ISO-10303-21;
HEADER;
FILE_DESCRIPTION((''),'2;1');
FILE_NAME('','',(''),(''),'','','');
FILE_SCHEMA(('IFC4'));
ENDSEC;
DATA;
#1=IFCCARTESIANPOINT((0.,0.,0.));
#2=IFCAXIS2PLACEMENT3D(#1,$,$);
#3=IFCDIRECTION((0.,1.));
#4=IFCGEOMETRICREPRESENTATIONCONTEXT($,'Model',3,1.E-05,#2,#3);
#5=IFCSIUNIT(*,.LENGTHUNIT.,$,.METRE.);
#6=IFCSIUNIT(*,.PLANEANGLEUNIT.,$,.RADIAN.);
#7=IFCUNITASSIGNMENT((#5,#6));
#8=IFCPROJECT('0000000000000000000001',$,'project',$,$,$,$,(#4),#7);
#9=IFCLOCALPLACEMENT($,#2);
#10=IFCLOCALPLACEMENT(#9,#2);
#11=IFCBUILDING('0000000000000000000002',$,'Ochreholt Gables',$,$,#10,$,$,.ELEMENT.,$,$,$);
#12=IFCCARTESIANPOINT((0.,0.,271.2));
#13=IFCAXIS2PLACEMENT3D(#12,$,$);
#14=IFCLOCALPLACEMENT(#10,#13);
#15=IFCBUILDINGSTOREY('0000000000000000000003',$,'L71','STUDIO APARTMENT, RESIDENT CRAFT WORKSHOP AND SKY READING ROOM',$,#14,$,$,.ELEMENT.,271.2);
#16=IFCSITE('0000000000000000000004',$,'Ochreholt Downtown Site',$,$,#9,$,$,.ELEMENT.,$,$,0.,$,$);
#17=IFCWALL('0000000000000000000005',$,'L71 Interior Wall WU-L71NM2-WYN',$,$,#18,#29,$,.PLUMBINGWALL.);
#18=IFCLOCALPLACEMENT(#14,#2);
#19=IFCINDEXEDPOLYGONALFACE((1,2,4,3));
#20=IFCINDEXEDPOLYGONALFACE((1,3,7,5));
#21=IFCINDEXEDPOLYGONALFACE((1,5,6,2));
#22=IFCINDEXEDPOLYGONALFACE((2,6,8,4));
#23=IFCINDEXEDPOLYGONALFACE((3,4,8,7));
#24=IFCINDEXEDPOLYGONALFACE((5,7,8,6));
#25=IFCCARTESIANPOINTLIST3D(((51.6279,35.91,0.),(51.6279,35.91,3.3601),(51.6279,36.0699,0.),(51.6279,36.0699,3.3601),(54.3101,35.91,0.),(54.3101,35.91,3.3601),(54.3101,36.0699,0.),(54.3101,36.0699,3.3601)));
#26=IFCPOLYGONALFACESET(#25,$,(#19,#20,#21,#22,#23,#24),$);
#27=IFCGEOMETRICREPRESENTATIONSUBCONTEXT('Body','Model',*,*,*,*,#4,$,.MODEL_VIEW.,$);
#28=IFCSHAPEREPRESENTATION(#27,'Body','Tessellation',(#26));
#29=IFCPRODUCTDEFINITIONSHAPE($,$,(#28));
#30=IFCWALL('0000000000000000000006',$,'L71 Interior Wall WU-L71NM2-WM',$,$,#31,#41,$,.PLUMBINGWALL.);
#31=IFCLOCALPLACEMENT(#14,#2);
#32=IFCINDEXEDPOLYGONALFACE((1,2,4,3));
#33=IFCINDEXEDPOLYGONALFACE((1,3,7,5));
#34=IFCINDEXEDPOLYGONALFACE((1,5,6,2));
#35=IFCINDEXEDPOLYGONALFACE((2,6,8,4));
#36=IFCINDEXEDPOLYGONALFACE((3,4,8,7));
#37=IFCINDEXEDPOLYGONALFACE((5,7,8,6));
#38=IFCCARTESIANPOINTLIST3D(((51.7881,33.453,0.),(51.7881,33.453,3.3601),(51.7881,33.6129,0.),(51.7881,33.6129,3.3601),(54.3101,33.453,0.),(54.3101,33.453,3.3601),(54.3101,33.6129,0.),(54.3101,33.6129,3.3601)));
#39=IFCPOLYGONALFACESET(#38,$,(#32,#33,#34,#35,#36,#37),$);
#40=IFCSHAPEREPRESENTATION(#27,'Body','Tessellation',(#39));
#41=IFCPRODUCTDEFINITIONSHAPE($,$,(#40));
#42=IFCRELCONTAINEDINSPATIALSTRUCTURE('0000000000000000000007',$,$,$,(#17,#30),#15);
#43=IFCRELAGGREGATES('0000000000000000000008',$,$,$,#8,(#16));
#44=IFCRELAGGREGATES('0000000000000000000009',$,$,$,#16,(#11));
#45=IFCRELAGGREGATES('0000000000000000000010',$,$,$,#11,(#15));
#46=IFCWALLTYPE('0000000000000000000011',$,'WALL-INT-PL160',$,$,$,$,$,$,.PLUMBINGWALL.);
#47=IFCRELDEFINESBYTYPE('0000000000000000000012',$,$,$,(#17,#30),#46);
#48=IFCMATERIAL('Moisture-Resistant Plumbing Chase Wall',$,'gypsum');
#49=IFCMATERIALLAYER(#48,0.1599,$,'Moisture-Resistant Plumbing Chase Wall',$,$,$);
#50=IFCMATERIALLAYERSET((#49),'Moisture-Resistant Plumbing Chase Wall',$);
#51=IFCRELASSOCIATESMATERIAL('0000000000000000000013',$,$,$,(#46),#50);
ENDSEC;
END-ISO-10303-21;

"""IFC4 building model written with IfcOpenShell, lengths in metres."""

from ifc_helpers import new_model, si_unit, direction, frame, frame_2d, origin, place, context, subcontext, project, spatial, rectangle, extrude, material, layer, layer_set, type_object, element, save


model = new_model("IFC4")

# Units and contexts
model_context = context("Model", 3, precision=1e-05, world=origin(), true_north=direction((0.0, 1.0)))
body_context = subcontext(model_context, "Body", "Model", "MODEL_VIEW")
ifc_project = project(units=[si_unit("LENGTHUNIT", "METRE"), si_unit("PLANEANGLEUNIT", "RADIAN")], contexts=[model_context])

# Site, building, storey
site_placement = place(None, origin())
site = spatial("IfcSite", under=ifc_project, at=site_placement, Name="Ochreholt Downtown Site", CompositionType="ELEMENT", RefElevation=0.0)
building_placement = place(site_placement, origin())
building = spatial("IfcBuilding", under=site, at=building_placement, Name="Ochreholt Gables", CompositionType="ELEMENT")
storey_placement = place(building_placement, frame((0.0, 0.0, 271.2)))
storey = spatial("IfcBuildingStorey", under=building, at=storey_placement, Name="L71", Description="STUDIO APARTMENT, RESIDENT CRAFT WORKSHOP AND SKY READING ROOM", CompositionType="ELEMENT", Elevation=271.2)

# Walls
ifc_material_1 = material(Name="Moisture-Resistant Plumbing Chase Wall", Category="gypsum")
ifc_layer_1 = layer(ifc_material_1, 0.1599, Name="Moisture-Resistant Plumbing Chase Wall")
ifc_layer_set_1 = layer_set([ifc_layer_1], Name="Moisture-Resistant Plumbing Chase Wall")
wall_type_1 = type_object("IfcWallType", Name="WALL-INT-PL160", PredefinedType="PLUMBINGWALL", material=ifc_layer_set_1)
wall_1_placement = place(storey_placement, frame((51.6279, 35.99, 0.0), z_axis=(0.0, 0.0, 1.0), x_axis=(1.0, 0.0, 0.0)))
element("IfcWall", 1, at=wall_1_placement, inside=storey, type_object=wall_type_1, Name="L71 Interior Wall WU-L71NM2-WYN", PredefinedType="PLUMBINGWALL", context=body_context, shape_type="SweptSolid", body=[
    extrude(rectangle(XDim=2.6821, YDim=0.1599, at=frame_2d((1.3411, 0.0))), origin(), (0.0, 0.0, 1.0), 3.3601),
])
wall_2_placement = place(storey_placement, frame((51.7881, 33.533, 0.0), z_axis=(0.0, 0.0, 1.0), x_axis=(1.0, 0.0, 0.0)))
element("IfcWall", 2, at=wall_2_placement, inside=storey, type_object=wall_type_1, Name="L71 Interior Wall WU-L71NM2-WM", PredefinedType="PLUMBINGWALL", context=body_context, shape_type="SweptSolid", body=[
    extrude(rectangle(XDim=2.522, YDim=0.1599, at=frame_2d((1.261, 0.0))), origin(), (0.0, 0.0, 1.0), 3.3601),
])

save(model, "model.ifc")
